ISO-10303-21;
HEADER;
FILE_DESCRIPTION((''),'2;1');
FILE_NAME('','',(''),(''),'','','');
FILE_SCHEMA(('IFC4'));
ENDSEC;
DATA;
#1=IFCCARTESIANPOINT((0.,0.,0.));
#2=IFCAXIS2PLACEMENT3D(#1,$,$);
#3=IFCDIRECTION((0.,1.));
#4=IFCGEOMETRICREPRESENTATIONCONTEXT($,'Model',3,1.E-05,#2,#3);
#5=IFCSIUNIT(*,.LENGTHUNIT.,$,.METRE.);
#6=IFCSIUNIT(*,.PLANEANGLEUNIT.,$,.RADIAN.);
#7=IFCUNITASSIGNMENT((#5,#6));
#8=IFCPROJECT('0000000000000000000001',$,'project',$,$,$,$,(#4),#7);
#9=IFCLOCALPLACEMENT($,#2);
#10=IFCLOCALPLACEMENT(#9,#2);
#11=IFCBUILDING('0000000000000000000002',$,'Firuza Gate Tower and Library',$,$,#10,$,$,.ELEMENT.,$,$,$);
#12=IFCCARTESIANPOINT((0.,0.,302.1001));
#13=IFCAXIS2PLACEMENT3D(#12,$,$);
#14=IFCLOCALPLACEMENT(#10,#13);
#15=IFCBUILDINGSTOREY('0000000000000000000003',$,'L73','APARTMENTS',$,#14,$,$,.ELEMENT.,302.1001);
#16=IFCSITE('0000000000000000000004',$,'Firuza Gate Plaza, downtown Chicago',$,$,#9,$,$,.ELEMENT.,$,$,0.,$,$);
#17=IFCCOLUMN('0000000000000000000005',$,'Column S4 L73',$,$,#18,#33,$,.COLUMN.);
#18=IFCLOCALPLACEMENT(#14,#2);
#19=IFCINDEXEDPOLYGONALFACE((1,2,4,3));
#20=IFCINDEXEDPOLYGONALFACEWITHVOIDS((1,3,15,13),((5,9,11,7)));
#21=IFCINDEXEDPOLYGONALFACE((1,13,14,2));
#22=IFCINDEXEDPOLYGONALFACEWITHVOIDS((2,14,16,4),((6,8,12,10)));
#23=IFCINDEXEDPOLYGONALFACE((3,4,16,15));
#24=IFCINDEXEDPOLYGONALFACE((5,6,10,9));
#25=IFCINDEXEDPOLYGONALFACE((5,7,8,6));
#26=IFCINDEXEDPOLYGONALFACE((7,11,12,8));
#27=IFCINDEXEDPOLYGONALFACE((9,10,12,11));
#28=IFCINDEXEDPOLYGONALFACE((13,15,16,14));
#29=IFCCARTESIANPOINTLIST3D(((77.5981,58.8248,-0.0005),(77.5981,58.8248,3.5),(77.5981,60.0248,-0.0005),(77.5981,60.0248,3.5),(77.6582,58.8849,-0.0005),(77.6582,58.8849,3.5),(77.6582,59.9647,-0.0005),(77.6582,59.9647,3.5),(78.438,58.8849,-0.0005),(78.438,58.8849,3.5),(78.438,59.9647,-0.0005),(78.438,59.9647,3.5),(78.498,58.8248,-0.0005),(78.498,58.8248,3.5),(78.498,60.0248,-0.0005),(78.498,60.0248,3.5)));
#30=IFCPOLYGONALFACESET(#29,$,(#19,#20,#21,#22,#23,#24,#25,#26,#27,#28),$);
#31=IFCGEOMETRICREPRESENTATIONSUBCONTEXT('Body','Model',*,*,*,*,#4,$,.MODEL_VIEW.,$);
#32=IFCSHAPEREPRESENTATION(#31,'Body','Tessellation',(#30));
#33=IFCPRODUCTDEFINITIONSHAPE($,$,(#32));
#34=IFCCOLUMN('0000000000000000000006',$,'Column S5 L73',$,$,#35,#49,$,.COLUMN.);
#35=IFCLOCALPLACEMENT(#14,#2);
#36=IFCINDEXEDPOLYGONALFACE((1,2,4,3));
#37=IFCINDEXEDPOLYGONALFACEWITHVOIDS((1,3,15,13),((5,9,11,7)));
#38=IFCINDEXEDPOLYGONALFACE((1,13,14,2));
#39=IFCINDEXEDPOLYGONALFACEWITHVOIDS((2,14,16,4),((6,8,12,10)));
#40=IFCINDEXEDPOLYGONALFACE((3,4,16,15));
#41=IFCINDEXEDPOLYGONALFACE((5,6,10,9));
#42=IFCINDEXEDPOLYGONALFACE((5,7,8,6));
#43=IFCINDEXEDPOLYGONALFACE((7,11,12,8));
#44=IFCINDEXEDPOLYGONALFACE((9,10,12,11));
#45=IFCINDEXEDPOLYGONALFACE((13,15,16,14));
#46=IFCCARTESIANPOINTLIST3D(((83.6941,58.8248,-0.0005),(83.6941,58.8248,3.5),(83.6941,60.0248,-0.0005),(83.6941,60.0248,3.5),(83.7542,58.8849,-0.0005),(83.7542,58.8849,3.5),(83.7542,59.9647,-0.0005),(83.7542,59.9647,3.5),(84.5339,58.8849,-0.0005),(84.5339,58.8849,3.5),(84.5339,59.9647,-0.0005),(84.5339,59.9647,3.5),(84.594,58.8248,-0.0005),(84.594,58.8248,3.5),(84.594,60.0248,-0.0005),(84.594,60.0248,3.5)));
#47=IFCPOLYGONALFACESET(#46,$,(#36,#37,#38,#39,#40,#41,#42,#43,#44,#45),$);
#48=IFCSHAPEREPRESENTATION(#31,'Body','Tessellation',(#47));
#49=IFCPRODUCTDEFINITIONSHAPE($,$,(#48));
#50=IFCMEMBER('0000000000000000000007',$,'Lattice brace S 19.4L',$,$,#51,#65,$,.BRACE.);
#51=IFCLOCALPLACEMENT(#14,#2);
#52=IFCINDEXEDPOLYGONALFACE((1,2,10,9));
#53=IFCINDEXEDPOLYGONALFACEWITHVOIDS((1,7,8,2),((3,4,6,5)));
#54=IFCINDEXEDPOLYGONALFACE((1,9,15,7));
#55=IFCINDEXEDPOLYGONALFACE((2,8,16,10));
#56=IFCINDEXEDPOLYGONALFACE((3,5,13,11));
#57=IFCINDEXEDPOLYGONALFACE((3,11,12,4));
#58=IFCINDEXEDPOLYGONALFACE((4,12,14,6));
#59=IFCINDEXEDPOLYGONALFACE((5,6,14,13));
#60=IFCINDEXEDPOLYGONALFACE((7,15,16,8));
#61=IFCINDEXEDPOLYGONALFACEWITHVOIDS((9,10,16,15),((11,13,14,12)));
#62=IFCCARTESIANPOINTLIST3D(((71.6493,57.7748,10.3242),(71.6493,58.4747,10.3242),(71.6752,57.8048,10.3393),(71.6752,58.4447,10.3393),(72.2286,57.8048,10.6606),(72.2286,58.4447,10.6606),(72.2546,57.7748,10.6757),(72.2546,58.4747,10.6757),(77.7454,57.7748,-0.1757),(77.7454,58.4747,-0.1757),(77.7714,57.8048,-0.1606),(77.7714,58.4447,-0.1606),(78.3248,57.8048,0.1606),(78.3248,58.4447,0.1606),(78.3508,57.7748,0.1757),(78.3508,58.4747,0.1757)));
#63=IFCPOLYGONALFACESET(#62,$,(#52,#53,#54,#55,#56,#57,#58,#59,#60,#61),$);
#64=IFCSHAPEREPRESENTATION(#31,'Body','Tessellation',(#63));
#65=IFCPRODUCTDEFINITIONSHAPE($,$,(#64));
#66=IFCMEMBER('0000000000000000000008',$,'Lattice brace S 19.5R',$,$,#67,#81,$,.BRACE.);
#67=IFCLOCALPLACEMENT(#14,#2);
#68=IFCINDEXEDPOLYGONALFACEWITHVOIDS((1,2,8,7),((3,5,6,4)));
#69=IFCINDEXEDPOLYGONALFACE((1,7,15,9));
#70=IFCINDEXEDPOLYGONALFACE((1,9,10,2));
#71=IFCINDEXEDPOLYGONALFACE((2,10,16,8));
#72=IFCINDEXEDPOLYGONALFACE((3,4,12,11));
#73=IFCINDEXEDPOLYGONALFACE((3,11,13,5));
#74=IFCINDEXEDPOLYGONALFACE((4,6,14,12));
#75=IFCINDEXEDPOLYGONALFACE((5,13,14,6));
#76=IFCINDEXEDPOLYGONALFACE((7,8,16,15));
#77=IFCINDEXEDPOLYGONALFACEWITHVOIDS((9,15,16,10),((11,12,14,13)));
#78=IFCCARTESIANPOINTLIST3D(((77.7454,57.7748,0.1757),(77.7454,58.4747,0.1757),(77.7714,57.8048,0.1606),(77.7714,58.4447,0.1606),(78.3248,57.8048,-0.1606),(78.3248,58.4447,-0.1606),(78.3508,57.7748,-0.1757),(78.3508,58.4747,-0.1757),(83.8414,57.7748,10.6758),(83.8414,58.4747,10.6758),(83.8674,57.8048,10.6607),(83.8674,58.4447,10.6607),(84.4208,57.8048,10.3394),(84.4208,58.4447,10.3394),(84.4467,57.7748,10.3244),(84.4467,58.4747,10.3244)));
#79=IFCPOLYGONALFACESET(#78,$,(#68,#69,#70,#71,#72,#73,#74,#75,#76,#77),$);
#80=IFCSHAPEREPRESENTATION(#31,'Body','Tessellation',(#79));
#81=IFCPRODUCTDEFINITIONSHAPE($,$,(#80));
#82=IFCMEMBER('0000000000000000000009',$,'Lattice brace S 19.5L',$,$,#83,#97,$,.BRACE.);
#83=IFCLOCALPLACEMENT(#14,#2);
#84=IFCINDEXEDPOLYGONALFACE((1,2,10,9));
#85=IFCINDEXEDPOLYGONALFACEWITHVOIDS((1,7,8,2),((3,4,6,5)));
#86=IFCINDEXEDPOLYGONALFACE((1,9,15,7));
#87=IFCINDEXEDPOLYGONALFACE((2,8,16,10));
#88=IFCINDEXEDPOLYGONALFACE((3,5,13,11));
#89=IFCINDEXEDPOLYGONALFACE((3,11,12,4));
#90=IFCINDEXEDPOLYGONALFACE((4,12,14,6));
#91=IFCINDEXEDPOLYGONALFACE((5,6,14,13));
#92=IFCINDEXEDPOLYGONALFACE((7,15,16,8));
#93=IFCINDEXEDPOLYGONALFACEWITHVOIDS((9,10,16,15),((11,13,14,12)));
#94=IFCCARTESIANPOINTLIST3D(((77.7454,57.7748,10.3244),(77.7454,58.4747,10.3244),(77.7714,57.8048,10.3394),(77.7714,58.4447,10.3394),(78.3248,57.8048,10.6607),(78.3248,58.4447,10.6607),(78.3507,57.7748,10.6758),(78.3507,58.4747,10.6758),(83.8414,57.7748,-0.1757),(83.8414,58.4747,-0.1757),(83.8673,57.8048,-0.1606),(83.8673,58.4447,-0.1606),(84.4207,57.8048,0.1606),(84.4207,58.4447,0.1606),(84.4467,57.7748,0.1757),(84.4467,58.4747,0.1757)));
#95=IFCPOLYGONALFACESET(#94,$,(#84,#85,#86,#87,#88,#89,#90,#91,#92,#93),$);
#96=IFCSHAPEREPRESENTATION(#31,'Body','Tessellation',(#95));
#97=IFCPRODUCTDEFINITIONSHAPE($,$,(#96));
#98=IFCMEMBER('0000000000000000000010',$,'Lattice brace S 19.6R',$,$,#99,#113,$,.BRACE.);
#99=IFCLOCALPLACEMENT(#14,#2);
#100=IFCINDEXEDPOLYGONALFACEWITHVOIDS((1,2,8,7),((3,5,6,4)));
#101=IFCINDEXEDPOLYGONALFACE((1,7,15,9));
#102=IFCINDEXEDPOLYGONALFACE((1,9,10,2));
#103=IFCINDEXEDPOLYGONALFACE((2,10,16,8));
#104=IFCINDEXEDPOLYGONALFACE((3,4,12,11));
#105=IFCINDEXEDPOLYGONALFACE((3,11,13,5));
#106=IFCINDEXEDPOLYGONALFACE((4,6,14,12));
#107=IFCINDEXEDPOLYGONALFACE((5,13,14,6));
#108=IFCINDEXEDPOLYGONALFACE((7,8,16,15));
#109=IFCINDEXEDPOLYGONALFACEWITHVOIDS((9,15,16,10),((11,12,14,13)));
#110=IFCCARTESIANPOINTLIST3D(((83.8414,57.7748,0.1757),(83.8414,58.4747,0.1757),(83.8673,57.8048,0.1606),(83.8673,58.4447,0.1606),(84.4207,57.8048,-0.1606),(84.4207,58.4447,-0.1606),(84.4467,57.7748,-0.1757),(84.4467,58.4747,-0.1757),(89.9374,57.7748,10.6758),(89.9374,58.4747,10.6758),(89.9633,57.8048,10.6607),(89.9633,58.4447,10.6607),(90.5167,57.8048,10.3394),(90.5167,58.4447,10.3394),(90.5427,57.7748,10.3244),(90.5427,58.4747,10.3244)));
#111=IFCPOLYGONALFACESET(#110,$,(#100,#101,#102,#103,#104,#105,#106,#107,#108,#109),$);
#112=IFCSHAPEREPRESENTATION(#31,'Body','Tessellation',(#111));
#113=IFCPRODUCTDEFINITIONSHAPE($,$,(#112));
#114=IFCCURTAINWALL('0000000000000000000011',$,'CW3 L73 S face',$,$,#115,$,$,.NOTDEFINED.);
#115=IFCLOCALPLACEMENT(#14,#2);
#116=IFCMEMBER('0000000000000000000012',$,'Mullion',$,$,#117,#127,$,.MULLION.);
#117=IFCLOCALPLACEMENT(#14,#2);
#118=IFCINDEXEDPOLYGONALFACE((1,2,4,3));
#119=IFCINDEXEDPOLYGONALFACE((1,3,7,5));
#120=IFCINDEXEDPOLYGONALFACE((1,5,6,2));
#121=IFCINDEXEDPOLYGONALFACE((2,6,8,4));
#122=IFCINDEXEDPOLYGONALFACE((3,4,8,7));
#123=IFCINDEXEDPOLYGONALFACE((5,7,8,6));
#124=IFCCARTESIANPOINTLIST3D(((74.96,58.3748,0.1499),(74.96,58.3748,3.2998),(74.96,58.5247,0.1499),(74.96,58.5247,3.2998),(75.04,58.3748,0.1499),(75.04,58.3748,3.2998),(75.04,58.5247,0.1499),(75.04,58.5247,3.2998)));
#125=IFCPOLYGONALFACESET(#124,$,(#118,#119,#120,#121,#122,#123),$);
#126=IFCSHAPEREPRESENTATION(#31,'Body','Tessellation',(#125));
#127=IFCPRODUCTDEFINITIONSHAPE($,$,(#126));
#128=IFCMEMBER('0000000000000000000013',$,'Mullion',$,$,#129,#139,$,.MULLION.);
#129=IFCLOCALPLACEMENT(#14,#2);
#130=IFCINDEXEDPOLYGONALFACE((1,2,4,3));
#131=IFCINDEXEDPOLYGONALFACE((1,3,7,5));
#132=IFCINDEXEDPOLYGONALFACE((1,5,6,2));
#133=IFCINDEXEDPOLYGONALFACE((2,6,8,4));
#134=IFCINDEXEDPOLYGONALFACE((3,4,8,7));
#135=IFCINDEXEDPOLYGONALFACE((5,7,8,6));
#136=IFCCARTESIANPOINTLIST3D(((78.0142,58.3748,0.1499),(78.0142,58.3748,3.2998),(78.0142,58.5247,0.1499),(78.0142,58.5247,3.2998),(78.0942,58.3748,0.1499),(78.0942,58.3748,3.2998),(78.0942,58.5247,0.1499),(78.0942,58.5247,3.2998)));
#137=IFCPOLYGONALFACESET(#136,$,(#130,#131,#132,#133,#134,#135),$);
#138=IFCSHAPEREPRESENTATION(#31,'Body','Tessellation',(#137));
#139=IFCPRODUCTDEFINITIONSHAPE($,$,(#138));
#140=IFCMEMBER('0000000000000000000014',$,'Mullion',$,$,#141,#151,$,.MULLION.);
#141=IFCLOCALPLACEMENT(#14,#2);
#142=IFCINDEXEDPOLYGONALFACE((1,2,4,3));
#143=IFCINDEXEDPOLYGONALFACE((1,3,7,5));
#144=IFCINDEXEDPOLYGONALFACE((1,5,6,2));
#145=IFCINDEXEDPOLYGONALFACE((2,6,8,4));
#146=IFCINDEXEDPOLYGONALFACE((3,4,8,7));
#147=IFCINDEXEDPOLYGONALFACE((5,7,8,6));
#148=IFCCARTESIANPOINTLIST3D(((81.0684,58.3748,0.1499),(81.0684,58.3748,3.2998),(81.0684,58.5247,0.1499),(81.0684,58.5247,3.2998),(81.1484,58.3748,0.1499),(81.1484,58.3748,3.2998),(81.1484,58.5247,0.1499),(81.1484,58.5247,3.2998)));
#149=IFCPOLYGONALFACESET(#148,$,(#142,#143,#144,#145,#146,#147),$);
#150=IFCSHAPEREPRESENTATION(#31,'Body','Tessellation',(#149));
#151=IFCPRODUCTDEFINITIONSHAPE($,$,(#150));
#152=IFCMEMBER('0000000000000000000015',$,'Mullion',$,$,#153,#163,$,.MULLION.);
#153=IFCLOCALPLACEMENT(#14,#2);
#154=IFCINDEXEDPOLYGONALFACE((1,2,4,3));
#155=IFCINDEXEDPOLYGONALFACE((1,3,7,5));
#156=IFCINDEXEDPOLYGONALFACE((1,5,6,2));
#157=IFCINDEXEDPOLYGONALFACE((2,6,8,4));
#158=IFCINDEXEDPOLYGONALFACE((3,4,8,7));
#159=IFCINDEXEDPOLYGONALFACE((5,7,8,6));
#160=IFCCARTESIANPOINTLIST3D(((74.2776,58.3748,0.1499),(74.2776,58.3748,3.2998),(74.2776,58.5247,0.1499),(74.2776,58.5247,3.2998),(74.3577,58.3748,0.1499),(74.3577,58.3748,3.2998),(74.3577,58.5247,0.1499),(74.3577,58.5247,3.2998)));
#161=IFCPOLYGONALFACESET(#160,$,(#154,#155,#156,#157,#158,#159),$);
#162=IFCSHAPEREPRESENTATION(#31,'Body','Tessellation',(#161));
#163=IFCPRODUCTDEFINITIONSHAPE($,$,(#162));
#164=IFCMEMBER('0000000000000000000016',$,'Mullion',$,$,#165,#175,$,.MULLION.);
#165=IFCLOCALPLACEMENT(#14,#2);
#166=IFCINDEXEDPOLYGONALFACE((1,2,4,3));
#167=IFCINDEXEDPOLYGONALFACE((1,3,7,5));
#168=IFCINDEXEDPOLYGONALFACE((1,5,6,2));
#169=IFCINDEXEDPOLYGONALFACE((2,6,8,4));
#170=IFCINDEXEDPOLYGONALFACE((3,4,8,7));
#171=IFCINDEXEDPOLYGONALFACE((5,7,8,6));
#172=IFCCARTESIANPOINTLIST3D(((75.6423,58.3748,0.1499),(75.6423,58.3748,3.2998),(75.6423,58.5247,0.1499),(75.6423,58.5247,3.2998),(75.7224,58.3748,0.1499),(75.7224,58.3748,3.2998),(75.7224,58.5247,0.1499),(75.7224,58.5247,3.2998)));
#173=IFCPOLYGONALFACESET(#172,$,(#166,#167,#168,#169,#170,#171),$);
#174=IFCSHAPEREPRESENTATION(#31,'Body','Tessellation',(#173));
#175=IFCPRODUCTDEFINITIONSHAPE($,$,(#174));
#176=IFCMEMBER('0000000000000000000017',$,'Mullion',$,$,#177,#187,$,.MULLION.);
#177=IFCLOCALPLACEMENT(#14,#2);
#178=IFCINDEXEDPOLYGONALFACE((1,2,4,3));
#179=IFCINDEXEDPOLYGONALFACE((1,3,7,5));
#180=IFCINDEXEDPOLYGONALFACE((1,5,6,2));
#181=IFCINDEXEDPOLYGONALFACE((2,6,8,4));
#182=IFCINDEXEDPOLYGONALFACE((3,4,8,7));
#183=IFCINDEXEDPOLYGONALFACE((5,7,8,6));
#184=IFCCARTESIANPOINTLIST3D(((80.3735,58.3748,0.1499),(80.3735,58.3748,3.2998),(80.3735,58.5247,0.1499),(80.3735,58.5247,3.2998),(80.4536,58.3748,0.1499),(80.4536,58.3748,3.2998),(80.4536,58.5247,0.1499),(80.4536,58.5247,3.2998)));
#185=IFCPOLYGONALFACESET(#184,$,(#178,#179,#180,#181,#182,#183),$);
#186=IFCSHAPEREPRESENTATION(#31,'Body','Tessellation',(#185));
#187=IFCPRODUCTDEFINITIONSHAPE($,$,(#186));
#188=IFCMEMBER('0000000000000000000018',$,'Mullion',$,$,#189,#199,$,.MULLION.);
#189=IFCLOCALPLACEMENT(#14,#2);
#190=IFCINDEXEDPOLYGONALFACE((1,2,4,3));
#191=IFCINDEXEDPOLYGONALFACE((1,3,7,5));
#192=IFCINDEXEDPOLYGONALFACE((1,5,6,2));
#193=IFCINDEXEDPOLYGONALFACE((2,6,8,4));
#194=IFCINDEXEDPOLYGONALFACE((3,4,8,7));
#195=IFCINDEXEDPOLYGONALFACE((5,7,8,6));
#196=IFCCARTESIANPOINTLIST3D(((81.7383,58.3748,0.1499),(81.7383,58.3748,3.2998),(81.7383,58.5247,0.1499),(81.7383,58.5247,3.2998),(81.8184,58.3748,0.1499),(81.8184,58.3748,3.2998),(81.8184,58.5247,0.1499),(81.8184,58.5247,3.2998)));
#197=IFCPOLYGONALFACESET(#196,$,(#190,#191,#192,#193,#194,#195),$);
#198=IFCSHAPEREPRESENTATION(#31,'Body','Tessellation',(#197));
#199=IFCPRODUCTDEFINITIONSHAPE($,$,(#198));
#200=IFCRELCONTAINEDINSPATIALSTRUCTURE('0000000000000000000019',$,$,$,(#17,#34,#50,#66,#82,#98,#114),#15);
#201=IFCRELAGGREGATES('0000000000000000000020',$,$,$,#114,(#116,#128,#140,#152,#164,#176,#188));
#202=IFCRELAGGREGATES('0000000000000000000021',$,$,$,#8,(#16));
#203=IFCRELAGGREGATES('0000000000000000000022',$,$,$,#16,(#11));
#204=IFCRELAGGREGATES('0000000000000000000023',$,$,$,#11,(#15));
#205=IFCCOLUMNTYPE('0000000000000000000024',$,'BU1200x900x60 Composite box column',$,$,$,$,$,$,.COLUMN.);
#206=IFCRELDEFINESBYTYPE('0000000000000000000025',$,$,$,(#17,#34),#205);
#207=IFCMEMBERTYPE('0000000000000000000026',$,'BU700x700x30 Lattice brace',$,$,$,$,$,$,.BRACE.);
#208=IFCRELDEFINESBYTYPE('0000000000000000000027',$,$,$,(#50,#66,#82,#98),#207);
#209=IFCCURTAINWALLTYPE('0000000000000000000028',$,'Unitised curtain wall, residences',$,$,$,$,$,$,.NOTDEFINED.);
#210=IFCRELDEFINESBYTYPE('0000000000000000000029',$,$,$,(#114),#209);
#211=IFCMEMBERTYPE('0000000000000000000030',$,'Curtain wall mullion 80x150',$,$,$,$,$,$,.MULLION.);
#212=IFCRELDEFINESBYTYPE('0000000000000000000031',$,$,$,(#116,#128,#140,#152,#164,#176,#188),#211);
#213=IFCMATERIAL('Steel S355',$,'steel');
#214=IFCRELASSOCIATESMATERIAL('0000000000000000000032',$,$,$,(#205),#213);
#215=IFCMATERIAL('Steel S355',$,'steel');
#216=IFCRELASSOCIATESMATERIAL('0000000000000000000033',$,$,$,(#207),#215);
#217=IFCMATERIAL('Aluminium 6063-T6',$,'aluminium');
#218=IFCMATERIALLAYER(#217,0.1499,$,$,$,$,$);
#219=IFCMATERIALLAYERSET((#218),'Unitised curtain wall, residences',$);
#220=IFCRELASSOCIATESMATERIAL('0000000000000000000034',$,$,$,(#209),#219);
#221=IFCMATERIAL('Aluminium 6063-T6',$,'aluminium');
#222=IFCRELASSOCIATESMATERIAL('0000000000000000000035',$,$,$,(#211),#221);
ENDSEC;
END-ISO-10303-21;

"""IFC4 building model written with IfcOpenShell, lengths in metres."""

from ifc_helpers import new_model, si_unit, direction, frame, origin, origin_2d, place, context, subcontext, project, spatial, rectangle, hollow_rectangle, extrude, material, layer, layer_set, material_profile, profile_set, type_object, element, aggregate, save


model = new_model("IFC4")

# Units and contexts
model_context = context("Model", 3, precision=1e-05, world=origin(), true_north=direction((0.0, 1.0)))
body_context = subcontext(model_context, "Body", "Model", "MODEL_VIEW")
ifc_project = project(units=[si_unit("LENGTHUNIT", "METRE"), si_unit("PLANEANGLEUNIT", "RADIAN")], contexts=[model_context])

# Site, building, storey
site_placement = place(None, origin())
site = spatial("IfcSite", under=ifc_project, at=site_placement, Name="Firuza Gate Plaza, downtown Chicago", CompositionType="ELEMENT", RefElevation=0.0)
building_placement = place(site_placement, origin())
building = spatial("IfcBuilding", under=site, at=building_placement, Name="Firuza Gate Tower and Library", CompositionType="ELEMENT")
storey_placement = place(building_placement, frame((0.0, 0.0, 302.1001)))
storey = spatial("IfcBuildingStorey", under=building, at=storey_placement, Name="L73", Description="APARTMENTS", CompositionType="ELEMENT", Elevation=302.1001)

# Columns
ifc_material_1 = material(Name="Steel S355", Category="steel")
ifc_material_profile_1 = material_profile(ifc_material_1, hollow_rectangle(XDim=0.8999, YDim=1.2, WallThickness=0.0601, at=origin_2d()))
ifc_profile_set_1 = profile_set([ifc_material_profile_1], Name="Steel S355")
column_type = type_object("IfcColumnType", Name="BU1200x900x60 Composite box column", PredefinedType="COLUMN", material=ifc_profile_set_1)
for number, where, z_axis, x_axis, name in (
    (1, (78.0481, 59.4248, -0.0005), (0.0, 0.0, 1.0), (1.0, 0.0, 0.0), "Column S4 L73"),
    (2, (84.144, 59.4248, -0.0005), (0.0, 0.0, 1.0), (1.0, 0.0, 0.0), "Column S5 L73"),
):
    element("IfcColumn", number, at=place(storey_placement, frame(where, z_axis=z_axis, x_axis=x_axis)), inside=storey, type_object=column_type, Name=name, PredefinedType="COLUMN", context=body_context, shape_type="SweptSolid", body=[
        extrude(hollow_rectangle(XDim=0.8999, YDim=1.2, WallThickness=0.0601, at=origin_2d()), origin(), (0.0, 0.0, 1.0), 3.5005),
    ])

# Members
ifc_material_2 = material(Name="Steel S355", Category="steel")
ifc_material_profile_2 = material_profile(ifc_material_2, hollow_rectangle(XDim=0.7, YDim=0.7, WallThickness=0.03, at=origin_2d()))
ifc_profile_set_2 = profile_set([ifc_material_profile_2], Name="Steel S355")
member_type_1 = type_object("IfcMemberType", Name="BU700x700x30 Lattice brace", PredefinedType="BRACE", material=ifc_profile_set_2)
for number, where, z_axis, x_axis, name in (
    (3, (78.0481, 58.1248, 0.0), (-0.5021, 0.0, 0.86481), (0.0, -1.0, 0.0), "Lattice brace S 19.4L"),
    (4, (78.0481, 58.1248, 0.0), (0.502085, 0.0, 0.864819), (0.0, 1.0, 0.0), "Lattice brace S 19.5R"),
    (5, (84.144, 58.1248, 0.0), (-0.502085, 0.0, 0.864819), (0.0, -1.0, 0.0), "Lattice brace S 19.5L"),
    (6, (84.144, 58.1248, 0.0), (0.502085, 0.0, 0.864819), (0.0, 1.0, 0.0), "Lattice brace S 19.6R"),
):
    element("IfcMember", number, at=place(storey_placement, frame(where, z_axis=z_axis, x_axis=x_axis)), inside=storey, type_object=member_type_1, Name=name, PredefinedType="BRACE", context=body_context, shape_type="SweptSolid", body=[
        extrude(hollow_rectangle(XDim=0.7, YDim=0.7, WallThickness=0.03, at=origin_2d()), origin(), (0.0, 0.0, 1.0), 12.1414),
    ])

# Curtain wall, members
ifc_material_3 = material(Name="Aluminium 6063-T6", Category="aluminium")
ifc_layer_1 = layer(ifc_material_3, 0.1499)
ifc_layer_set_1 = layer_set([ifc_layer_1], Name="Unitised curtain wall, residences")
curtain_wall_type = type_object("IfcCurtainWallType", Name="Unitised curtain wall, residences", PredefinedType="NOTDEFINED", material=ifc_layer_set_1)
curtain_wall_placement = place(storey_placement, origin())
curtain_wall = element("IfcCurtainWall", 7, at=curtain_wall_placement, inside=storey, type_object=curtain_wall_type, Name="CW3 L73 S face", PredefinedType="NOTDEFINED")
ifc_material_4 = material(Name="Aluminium 6063-T6", Category="aluminium")
ifc_material_profile_3 = material_profile(ifc_material_4, rectangle(XDim=0.1499, YDim=0.0801, at=origin_2d()))
ifc_profile_set_3 = profile_set([ifc_material_profile_3], Name="Aluminium 6063-T6")
member_type_2 = type_object("IfcMemberType", Name="Curtain wall mullion 80x150", PredefinedType="MULLION", material=ifc_profile_set_3)
member_1_placement = place(storey_placement, frame((75.0, 58.4497, 0.1499), z_axis=(0.0, 0.0, 1.0), x_axis=(0.0, 1.0, 0.0)))
member_1 = element("IfcMember", 8, at=member_1_placement, type_object=member_type_2, Name="Mullion", PredefinedType="MULLION", context=body_context, shape_type="SweptSolid", body=[
    extrude(rectangle(XDim=0.1499, YDim=0.0801, at=origin_2d()), origin(), (0.0, 0.0, 1.0), 3.1499),
])
member_2_placement = place(storey_placement, frame((78.0542, 58.4497, 0.1499), z_axis=(0.0, 0.0, 1.0), x_axis=(0.0, 1.0, 0.0)))
member_2 = element("IfcMember", 9, at=member_2_placement, type_object=member_type_2, Name="Mullion", PredefinedType="MULLION", context=body_context, shape_type="SweptSolid", body=[
    extrude(rectangle(XDim=0.1499, YDim=0.0801, at=origin_2d()), origin(), (0.0, 0.0, 1.0), 3.1499),
])
member_3_placement = place(storey_placement, frame((81.1084, 58.4497, 0.1499), z_axis=(0.0, 0.0, 1.0), x_axis=(0.0, 1.0, 0.0)))
member_3 = element("IfcMember", 10, at=member_3_placement, type_object=member_type_2, Name="Mullion", PredefinedType="MULLION", context=body_context, shape_type="SweptSolid", body=[
    extrude(rectangle(XDim=0.1499, YDim=0.0801, at=origin_2d()), origin(), (0.0, 0.0, 1.0), 3.1499),
])
member_4_placement = place(storey_placement, frame((74.3176, 58.4497, 0.1499), z_axis=(0.0, 0.0, 1.0), x_axis=(0.0, 1.0, 0.0)))
member_4 = element("IfcMember", 11, at=member_4_placement, type_object=member_type_2, Name="Mullion", PredefinedType="MULLION", context=body_context, shape_type="SweptSolid", body=[
    extrude(rectangle(XDim=0.1499, YDim=0.0801, at=origin_2d()), origin(), (0.0, 0.0, 1.0), 3.1499),
])
member_5_placement = place(storey_placement, frame((75.6824, 58.4497, 0.1499), z_axis=(0.0, 0.0, 1.0), x_axis=(0.0, 1.0, 0.0)))
member_5 = element("IfcMember", 12, at=member_5_placement, type_object=member_type_2, Name="Mullion", PredefinedType="MULLION", context=body_context, shape_type="SweptSolid", body=[
    extrude(rectangle(XDim=0.1499, YDim=0.0801, at=origin_2d()), origin(), (0.0, 0.0, 1.0), 3.1499),
])
member_6_placement = place(storey_placement, frame((80.4136, 58.4497, 0.1499), z_axis=(0.0, 0.0, 1.0), x_axis=(0.0, 1.0, 0.0)))
member_6 = element("IfcMember", 13, at=member_6_placement, type_object=member_type_2, Name="Mullion", PredefinedType="MULLION", context=body_context, shape_type="SweptSolid", body=[
    extrude(rectangle(XDim=0.1499, YDim=0.0801, at=origin_2d()), origin(), (0.0, 0.0, 1.0), 3.1499),
])
member_7_placement = place(storey_placement, frame((81.7783, 58.4497, 0.1499), z_axis=(0.0, 0.0, 1.0), x_axis=(0.0, 1.0, 0.0)))
member_7 = element("IfcMember", 14, at=member_7_placement, type_object=member_type_2, Name="Mullion", PredefinedType="MULLION", context=body_context, shape_type="SweptSolid", body=[
    extrude(rectangle(XDim=0.1499, YDim=0.0801, at=origin_2d()), origin(), (0.0, 0.0, 1.0), 3.1499),
])

aggregate(curtain_wall, [member_1, member_2, member_3, member_4, member_5, member_6, member_7])

save(model, "model.ifc")
